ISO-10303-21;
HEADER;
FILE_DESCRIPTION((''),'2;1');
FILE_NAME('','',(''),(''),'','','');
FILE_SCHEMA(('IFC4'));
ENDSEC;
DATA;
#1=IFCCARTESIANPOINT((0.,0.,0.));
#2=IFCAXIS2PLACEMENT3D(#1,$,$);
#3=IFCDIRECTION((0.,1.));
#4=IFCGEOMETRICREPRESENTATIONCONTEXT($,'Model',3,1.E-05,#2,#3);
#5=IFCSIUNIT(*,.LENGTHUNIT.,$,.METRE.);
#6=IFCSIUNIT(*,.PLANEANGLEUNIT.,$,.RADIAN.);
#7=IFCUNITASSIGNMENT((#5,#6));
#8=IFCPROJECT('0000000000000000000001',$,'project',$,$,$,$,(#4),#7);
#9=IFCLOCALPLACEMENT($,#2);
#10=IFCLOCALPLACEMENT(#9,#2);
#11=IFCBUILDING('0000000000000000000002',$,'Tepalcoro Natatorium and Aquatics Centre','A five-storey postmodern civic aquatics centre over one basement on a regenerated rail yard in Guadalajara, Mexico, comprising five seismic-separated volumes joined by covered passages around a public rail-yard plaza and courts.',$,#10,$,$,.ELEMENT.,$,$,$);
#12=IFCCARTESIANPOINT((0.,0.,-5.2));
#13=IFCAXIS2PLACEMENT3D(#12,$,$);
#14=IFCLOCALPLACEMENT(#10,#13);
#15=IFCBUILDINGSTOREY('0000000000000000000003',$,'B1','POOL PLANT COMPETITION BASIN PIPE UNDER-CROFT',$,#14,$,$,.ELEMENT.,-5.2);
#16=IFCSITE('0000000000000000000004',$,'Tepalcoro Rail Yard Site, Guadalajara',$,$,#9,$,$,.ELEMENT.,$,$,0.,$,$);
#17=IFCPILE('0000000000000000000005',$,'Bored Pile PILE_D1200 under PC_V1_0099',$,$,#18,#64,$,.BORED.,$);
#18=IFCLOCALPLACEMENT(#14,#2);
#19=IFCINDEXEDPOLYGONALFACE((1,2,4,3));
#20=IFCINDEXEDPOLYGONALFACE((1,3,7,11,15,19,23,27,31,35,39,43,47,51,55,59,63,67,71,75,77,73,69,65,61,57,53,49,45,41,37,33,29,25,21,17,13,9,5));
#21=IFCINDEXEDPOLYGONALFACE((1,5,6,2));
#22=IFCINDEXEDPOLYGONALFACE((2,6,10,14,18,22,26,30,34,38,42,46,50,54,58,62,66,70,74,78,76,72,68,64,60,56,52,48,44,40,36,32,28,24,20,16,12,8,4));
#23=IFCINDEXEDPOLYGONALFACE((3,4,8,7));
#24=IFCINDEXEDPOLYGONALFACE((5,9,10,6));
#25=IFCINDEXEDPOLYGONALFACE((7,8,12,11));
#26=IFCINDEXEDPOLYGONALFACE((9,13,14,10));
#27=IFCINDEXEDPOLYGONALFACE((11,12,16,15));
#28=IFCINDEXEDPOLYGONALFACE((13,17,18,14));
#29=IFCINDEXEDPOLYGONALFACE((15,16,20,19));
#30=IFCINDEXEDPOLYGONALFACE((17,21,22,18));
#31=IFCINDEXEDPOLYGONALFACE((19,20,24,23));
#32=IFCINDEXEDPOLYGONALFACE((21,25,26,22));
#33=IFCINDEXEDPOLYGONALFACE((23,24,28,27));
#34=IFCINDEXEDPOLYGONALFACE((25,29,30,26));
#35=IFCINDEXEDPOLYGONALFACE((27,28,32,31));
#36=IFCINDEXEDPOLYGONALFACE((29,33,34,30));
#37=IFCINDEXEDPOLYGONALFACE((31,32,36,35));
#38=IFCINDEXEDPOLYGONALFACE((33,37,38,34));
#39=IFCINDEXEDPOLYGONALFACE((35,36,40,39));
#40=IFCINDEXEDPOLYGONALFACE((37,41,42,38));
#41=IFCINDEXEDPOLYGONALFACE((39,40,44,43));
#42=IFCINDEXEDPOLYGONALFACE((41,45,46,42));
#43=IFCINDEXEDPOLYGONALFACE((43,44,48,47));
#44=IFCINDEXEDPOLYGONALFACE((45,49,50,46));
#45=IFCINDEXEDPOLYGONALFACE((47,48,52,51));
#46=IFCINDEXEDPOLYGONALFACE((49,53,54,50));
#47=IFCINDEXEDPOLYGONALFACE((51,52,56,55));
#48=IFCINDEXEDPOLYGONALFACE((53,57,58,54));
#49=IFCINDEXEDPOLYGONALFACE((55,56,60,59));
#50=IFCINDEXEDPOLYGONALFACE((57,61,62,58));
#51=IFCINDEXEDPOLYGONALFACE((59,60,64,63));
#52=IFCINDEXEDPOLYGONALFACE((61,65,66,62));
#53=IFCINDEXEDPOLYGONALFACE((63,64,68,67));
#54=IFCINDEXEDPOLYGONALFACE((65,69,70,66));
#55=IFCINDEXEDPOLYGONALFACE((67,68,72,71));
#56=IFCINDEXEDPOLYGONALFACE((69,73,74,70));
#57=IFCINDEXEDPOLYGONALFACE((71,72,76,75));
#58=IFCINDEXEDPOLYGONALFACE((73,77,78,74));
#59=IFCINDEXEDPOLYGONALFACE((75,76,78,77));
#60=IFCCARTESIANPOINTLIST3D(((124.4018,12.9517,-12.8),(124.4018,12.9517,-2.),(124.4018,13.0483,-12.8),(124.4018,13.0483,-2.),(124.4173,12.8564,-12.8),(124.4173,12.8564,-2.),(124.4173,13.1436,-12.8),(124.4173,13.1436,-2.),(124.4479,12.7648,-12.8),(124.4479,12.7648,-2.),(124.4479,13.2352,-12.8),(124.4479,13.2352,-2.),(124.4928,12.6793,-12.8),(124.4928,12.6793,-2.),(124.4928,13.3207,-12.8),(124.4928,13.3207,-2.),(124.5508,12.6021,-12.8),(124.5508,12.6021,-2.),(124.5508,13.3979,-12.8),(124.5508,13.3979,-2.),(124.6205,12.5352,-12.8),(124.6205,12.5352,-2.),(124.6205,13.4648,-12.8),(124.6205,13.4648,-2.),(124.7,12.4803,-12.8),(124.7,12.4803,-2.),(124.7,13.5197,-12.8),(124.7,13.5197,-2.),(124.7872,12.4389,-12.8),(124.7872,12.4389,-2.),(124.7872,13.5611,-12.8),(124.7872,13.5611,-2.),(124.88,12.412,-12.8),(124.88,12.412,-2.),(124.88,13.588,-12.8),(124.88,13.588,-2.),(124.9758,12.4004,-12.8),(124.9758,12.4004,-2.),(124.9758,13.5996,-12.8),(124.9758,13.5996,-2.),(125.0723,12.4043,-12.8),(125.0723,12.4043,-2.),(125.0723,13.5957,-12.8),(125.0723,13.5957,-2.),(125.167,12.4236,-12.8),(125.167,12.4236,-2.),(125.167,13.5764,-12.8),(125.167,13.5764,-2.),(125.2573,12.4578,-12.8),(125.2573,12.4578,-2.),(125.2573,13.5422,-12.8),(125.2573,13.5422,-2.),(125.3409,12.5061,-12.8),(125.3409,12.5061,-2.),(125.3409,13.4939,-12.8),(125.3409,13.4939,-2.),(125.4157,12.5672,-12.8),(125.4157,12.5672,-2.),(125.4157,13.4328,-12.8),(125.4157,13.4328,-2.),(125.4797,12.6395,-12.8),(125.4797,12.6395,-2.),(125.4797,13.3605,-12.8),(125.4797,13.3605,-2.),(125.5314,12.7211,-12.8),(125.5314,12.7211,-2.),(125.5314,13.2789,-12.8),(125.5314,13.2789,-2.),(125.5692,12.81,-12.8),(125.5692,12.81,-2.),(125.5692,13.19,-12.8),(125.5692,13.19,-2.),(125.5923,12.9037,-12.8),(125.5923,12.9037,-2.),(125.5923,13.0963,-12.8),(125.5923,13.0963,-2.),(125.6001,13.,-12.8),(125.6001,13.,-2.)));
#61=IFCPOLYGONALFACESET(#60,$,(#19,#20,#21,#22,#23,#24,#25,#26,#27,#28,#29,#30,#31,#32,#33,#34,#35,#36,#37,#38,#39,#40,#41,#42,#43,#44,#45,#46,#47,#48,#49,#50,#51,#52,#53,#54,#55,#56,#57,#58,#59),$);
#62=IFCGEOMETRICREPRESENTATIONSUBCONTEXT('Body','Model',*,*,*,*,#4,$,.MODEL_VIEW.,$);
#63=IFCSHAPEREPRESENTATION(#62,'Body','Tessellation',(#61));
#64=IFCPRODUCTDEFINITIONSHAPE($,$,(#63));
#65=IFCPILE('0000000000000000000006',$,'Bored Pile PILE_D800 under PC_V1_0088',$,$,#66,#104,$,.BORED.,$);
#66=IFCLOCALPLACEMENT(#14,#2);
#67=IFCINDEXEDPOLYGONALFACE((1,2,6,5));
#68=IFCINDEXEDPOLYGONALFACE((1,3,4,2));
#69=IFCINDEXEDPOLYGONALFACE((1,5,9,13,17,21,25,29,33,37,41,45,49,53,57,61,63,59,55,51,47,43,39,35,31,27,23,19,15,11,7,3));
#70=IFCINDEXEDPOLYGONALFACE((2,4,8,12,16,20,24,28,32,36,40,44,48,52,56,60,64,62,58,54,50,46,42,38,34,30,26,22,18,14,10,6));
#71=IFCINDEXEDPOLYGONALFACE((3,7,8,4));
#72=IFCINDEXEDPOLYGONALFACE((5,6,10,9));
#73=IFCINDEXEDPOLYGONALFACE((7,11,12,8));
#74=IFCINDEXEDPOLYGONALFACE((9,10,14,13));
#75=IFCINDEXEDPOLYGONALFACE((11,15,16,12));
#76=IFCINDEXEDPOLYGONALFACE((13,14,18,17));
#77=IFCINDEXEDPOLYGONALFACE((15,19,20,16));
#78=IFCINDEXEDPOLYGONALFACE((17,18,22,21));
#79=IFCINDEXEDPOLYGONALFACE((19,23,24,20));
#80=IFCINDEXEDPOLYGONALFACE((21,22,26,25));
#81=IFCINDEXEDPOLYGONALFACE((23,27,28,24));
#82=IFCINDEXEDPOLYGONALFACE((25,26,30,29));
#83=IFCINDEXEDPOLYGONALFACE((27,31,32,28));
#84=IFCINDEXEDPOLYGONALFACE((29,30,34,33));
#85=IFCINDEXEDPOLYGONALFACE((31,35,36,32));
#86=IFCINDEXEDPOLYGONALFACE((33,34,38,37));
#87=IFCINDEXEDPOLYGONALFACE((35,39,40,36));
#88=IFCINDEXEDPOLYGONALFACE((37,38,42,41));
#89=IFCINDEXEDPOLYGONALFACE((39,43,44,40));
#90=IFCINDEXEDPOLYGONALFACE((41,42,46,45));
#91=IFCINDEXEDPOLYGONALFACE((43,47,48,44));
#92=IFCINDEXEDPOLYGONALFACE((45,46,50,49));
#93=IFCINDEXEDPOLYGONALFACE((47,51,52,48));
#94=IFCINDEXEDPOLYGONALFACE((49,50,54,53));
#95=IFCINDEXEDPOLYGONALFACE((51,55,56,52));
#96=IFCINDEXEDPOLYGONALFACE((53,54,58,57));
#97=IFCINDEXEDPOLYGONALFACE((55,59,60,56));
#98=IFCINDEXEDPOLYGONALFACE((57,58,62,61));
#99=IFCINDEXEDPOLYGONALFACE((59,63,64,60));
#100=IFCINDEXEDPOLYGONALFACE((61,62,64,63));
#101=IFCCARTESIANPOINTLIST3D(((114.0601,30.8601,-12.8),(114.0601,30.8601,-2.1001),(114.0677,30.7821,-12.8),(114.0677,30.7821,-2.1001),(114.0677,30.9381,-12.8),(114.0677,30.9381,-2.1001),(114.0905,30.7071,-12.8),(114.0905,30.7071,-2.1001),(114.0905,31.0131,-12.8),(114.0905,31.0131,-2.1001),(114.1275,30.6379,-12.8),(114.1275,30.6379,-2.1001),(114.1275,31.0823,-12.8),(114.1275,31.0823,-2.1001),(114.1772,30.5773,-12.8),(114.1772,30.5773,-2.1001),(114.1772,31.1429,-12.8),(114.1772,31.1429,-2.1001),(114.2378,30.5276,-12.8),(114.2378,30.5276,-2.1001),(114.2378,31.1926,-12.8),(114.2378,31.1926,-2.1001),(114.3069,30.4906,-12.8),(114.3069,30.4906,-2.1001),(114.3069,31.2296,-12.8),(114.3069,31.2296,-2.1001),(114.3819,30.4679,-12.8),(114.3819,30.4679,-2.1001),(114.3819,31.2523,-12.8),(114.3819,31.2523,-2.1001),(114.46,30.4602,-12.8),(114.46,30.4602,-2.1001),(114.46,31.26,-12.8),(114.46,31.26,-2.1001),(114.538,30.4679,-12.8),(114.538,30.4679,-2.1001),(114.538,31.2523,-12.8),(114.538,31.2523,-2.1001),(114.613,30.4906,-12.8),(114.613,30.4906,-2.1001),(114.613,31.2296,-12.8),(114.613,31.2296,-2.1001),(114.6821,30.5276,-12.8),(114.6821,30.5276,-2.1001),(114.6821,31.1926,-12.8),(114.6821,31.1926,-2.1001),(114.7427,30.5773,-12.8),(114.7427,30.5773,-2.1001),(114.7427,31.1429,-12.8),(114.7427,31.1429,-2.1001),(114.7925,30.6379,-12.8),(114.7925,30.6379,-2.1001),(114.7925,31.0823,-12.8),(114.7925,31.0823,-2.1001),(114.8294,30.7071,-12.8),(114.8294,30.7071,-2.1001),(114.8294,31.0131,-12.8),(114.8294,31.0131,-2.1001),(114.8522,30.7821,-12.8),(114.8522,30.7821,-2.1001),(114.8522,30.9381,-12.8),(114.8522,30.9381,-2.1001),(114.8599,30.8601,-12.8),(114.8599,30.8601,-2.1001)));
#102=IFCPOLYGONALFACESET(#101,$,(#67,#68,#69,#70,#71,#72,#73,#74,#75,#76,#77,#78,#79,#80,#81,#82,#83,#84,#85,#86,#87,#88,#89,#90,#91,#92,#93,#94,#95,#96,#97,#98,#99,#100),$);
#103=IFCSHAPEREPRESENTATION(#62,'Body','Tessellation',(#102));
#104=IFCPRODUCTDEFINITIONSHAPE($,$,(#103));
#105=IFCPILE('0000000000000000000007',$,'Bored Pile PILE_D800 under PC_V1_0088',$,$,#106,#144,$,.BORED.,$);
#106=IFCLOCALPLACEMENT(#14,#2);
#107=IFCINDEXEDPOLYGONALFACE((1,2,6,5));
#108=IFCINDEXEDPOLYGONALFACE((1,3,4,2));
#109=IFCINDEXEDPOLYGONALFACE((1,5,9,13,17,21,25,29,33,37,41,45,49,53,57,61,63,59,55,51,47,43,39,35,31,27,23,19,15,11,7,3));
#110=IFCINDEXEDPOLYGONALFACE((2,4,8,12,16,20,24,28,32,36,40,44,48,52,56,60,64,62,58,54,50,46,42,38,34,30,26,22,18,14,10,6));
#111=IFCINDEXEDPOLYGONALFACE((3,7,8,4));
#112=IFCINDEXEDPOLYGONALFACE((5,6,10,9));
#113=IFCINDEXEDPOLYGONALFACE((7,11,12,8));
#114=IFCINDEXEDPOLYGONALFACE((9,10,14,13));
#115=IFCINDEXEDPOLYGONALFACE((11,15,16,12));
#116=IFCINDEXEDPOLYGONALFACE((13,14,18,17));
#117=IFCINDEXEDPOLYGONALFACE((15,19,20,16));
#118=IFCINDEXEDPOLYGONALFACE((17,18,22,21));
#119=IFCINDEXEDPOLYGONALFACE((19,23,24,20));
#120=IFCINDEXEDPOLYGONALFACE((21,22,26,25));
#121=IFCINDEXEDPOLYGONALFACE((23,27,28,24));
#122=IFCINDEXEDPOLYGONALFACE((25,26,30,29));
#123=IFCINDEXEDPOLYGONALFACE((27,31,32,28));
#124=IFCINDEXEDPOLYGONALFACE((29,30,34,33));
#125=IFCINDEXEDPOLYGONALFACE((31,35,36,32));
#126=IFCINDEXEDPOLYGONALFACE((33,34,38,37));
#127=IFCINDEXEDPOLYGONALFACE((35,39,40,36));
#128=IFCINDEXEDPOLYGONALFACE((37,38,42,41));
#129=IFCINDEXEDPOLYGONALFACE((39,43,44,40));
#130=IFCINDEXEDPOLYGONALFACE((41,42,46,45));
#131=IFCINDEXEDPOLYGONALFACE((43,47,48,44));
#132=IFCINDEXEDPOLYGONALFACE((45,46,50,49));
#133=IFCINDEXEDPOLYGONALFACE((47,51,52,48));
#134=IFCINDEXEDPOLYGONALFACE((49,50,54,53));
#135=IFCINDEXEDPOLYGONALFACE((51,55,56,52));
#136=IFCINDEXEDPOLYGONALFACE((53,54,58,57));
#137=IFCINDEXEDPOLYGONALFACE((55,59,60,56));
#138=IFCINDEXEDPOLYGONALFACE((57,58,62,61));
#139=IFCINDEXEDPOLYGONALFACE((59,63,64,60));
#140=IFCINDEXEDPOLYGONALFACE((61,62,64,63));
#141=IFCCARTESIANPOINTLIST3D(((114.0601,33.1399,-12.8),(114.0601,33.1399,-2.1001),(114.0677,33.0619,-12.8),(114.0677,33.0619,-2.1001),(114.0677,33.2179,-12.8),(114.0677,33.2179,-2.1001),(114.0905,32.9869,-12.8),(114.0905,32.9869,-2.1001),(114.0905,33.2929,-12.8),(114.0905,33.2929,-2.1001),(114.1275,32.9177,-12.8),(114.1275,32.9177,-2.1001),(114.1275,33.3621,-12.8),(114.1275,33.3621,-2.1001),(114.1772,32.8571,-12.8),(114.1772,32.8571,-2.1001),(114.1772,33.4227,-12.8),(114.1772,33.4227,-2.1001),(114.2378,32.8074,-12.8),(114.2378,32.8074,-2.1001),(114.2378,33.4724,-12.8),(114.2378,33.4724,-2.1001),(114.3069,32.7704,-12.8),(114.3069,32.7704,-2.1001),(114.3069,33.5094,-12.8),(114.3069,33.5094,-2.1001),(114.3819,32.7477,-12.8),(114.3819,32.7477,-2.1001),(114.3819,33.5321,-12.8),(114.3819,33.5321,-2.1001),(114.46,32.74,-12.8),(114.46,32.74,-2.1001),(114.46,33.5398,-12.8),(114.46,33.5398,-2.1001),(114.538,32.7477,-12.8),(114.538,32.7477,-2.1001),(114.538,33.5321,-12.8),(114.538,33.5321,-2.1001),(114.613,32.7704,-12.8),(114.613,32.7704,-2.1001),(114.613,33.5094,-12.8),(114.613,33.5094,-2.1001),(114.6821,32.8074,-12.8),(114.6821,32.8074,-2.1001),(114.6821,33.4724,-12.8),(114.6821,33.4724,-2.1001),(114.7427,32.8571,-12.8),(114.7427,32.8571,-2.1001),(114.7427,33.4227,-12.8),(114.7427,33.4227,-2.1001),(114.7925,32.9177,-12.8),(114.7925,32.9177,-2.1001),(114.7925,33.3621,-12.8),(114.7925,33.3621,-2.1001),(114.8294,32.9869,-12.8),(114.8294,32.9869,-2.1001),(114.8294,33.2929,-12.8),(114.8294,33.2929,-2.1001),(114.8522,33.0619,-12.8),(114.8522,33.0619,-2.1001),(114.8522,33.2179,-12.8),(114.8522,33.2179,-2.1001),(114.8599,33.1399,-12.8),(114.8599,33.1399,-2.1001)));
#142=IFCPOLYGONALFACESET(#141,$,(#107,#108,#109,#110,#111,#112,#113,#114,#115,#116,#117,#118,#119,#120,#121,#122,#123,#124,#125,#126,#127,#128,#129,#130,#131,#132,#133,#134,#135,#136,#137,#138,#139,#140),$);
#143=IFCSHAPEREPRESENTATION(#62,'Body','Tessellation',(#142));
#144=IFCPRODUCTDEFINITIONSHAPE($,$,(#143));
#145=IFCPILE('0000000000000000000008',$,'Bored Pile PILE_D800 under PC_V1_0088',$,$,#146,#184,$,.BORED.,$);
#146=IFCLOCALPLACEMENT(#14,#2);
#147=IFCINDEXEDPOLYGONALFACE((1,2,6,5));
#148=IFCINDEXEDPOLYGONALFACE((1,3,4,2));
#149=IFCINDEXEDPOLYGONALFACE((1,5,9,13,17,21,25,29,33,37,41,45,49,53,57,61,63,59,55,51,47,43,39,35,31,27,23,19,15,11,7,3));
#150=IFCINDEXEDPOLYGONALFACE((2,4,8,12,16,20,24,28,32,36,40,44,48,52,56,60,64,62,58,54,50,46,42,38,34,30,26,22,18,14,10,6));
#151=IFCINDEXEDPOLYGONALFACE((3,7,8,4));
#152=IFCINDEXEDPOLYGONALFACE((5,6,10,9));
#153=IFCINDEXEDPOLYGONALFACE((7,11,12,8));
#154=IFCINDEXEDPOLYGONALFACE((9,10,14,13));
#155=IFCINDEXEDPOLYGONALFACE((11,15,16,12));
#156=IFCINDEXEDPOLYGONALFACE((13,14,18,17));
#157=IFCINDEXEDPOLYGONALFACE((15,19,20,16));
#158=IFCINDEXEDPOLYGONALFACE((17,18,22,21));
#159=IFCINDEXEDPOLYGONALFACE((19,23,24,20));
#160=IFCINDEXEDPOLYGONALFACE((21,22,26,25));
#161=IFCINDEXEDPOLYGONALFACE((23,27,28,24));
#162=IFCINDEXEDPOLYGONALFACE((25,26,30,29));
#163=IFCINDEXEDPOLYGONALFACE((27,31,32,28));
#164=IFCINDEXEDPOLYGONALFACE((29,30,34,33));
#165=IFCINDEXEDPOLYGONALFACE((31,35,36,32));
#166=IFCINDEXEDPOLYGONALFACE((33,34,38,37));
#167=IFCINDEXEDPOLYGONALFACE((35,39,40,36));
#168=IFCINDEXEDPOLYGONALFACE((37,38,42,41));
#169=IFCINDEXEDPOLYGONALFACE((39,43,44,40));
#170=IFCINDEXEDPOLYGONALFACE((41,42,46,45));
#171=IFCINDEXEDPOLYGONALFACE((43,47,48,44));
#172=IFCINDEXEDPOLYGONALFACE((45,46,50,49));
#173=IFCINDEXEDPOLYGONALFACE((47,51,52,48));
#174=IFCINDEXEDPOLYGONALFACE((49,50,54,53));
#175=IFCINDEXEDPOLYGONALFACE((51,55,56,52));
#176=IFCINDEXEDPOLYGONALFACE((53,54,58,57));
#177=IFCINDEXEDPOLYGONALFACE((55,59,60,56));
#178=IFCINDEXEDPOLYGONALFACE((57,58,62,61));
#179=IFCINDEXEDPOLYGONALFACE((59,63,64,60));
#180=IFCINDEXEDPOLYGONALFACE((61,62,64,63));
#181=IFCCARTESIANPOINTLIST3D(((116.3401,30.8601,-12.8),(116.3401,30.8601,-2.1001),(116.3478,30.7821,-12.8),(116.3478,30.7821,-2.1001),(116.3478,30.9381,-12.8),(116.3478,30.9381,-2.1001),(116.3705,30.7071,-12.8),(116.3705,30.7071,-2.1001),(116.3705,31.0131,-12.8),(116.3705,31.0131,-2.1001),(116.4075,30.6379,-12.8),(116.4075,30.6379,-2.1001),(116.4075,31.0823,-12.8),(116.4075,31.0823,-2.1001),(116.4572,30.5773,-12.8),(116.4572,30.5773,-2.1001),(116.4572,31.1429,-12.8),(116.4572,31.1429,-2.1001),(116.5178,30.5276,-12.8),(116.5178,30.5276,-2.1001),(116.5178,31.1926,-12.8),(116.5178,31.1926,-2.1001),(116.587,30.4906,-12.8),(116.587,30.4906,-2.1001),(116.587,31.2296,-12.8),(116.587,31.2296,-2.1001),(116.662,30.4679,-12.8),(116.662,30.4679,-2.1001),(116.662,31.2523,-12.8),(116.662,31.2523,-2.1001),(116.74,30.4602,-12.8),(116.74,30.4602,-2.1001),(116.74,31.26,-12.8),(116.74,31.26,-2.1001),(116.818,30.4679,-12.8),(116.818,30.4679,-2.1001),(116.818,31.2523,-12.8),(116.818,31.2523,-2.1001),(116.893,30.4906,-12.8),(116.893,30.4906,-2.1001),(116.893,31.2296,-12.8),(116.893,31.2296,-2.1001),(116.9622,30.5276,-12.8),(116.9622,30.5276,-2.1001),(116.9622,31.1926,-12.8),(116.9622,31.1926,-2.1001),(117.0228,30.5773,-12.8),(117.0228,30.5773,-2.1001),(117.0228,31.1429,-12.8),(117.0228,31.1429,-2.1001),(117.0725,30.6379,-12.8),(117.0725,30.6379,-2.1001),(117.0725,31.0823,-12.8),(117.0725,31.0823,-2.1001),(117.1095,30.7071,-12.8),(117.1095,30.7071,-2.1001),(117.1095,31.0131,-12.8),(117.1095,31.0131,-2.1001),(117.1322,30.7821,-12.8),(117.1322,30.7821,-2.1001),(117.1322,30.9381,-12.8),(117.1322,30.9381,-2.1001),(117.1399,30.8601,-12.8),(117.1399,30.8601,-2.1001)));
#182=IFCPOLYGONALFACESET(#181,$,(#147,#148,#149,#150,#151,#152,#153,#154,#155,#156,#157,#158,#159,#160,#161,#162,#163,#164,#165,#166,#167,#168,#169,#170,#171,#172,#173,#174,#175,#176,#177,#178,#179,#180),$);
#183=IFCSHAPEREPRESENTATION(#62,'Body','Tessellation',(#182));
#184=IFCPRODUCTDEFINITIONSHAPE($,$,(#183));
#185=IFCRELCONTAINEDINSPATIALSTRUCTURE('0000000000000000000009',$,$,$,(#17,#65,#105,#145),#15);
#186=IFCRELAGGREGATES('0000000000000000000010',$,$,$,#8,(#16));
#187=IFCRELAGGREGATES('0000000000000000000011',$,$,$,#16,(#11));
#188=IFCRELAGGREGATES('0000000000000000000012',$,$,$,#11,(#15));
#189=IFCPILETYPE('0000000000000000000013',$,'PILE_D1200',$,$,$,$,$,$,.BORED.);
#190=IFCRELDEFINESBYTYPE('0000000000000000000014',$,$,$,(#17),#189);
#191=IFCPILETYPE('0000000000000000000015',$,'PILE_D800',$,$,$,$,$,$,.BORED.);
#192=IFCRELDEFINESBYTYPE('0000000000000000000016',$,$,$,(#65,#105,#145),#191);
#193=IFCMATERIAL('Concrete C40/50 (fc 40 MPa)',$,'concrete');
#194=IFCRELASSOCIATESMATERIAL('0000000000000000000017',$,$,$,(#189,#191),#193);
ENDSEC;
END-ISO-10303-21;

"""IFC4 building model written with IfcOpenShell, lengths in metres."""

from ifc_helpers import new_model, si_unit, direction, frame, origin, origin_2d, place, context, subcontext, project, spatial, circle, extrude, material, material_profile, profile_set, type_object, element, save


model = new_model("IFC4")

# Units and contexts
model_context = context("Model", 3, precision=1e-05, world=origin(), true_north=direction((0.0, 1.0)))
body_context = subcontext(model_context, "Body", "Model", "MODEL_VIEW")
ifc_project = project(units=[si_unit("LENGTHUNIT", "METRE"), si_unit("PLANEANGLEUNIT", "RADIAN")], contexts=[model_context])

# Site, building, storey
site_placement = place(None, origin())
site = spatial("IfcSite", under=ifc_project, at=site_placement, Name="Tepalcoro Rail Yard Site, Guadalajara", CompositionType="ELEMENT", RefElevation=0.0)
building_placement = place(site_placement, origin())
building = spatial("IfcBuilding", under=site, at=building_placement, Name="Tepalcoro Natatorium and Aquatics Centre", Description="A five-storey postmodern civic aquatics centre over one basement on a regenerated rail yard in Guadalajara, Mexico, comprising five seismic-separated volumes joined by covered passages around a public rail-yard plaza and courts.", CompositionType="ELEMENT")
storey_placement = place(building_placement, frame((0.0, 0.0, -5.2)))
storey = spatial("IfcBuildingStorey", under=building, at=storey_placement, Name="B1", Description="POOL PLANT COMPETITION BASIN PIPE UNDER-CROFT", CompositionType="ELEMENT", Elevation=-5.2)

# Piles
ifc_material = material(Name="Concrete C40/50 (fc 40 MPa)", Category="concrete")
ifc_material_profile_1 = material_profile(ifc_material, circle(Radius=0.6001, at=origin_2d()), Name="PILE_D1200")
ifc_profile_set_1 = profile_set([ifc_material_profile_1], Name="Concrete C40/50 (fc 40 MPa)")
pile_type_1 = type_object("IfcPileType", Name="PILE_D1200", PredefinedType="BORED", material=ifc_profile_set_1)
pile_1_placement = place(storey_placement, frame((125.0, 13.0, -2.0), z_axis=(0.0, 0.0, -1.0), x_axis=(1.0, 0.0, 0.0)))
element("IfcPile", 1, at=pile_1_placement, inside=storey, type_object=pile_type_1, Name="Bored Pile PILE_D1200 under PC_V1_0099", PredefinedType="BORED", context=body_context, shape_type="SweptSolid", body=[
    extrude(circle(Radius=0.6001, at=origin_2d()), origin(), (0.0, 0.0, 1.0), 10.8),
])
ifc_material_profile_2 = material_profile(ifc_material, circle(Radius=0.3999, at=origin_2d()), Name="PILE_D800")
ifc_profile_set_2 = profile_set([ifc_material_profile_2], Name="Concrete C40/50 (fc 40 MPa)")
pile_type_2 = type_object("IfcPileType", Name="PILE_D800", PredefinedType="BORED", material=ifc_profile_set_2)
for number, where, z_axis, x_axis, name in (
    (2, (114.46, 30.8601, -2.1001), (0.0, 0.0, -1.0), (1.0, 0.0, 0.0), "Bored Pile PILE_D800 under PC_V1_0088"),
    (3, (114.46, 33.1399, -2.1001), (0.0, 0.0, -1.0), (1.0, 0.0, 0.0), "Bored Pile PILE_D800 under PC_V1_0088"),
    (4, (116.74, 30.8601, -2.1001), (0.0, 0.0, -1.0), (1.0, 0.0, 0.0), "Bored Pile PILE_D800 under PC_V1_0088"),
):
    element("IfcPile", number, at=place(storey_placement, frame(where, z_axis=z_axis, x_axis=x_axis)), inside=storey, type_object=pile_type_2, Name=name, PredefinedType="BORED", context=body_context, shape_type="SweptSolid", body=[
        extrude(circle(Radius=0.3999, at=origin_2d()), origin(), (0.0, 0.0, 1.0), 10.7),
    ])

save(model, "model.ifc")
